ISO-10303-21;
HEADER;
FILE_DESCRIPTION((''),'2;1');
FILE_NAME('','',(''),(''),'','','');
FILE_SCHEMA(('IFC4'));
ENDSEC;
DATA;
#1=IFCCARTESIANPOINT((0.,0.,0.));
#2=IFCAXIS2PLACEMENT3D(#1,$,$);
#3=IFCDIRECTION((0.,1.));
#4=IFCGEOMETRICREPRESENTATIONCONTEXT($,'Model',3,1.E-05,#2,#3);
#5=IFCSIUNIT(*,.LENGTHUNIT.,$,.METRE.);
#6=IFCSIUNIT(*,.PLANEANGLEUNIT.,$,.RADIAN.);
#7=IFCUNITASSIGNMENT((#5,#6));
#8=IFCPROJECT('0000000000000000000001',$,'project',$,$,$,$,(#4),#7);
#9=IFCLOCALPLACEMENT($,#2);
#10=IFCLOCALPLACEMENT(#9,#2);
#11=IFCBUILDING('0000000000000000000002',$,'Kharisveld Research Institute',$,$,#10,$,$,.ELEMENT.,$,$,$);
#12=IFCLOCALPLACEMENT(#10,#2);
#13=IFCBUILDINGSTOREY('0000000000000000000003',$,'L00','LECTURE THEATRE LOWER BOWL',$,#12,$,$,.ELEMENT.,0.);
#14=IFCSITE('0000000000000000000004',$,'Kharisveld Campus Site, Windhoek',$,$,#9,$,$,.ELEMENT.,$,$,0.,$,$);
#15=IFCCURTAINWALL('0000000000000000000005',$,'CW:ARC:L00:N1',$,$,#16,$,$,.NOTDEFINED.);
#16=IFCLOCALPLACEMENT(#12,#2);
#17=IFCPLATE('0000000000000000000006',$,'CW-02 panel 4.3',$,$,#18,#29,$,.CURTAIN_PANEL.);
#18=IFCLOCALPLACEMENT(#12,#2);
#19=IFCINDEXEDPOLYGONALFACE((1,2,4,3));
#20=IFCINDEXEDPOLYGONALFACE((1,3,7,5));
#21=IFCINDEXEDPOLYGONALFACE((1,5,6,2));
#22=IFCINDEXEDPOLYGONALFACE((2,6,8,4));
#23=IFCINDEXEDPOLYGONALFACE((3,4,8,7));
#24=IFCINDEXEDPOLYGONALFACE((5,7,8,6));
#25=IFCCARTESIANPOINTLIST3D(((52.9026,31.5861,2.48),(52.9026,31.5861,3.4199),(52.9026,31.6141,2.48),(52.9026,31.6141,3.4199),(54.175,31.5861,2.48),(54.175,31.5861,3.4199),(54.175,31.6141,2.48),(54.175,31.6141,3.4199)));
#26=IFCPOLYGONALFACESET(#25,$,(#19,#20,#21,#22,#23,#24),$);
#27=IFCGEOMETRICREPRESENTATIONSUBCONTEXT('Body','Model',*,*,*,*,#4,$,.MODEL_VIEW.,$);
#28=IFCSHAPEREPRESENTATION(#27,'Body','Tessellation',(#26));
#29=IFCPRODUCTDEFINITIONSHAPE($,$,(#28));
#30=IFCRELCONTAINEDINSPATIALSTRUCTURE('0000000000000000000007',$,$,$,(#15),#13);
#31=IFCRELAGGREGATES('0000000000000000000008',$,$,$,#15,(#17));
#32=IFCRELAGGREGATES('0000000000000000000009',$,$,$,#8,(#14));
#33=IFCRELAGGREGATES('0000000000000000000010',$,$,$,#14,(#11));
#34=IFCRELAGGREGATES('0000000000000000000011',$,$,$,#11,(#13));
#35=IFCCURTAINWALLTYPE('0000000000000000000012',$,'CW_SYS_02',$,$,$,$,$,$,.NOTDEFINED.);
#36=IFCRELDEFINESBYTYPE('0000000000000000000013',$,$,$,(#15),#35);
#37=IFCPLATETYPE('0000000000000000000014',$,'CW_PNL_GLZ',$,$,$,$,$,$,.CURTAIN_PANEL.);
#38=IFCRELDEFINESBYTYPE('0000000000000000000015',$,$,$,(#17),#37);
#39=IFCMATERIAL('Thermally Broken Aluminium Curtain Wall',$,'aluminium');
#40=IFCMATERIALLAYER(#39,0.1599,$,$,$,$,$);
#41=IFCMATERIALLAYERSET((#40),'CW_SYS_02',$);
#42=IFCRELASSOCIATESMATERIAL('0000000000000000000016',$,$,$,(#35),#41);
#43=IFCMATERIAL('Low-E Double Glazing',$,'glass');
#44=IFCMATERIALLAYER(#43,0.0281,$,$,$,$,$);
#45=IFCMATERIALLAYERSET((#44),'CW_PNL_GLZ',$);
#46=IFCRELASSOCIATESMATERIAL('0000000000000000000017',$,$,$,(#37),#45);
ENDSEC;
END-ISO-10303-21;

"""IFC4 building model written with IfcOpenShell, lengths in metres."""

from ifc_helpers import new_model, si_unit, direction, frame, origin, origin_2d, place, context, subcontext, project, spatial, rectangle, extrude, material, layer, layer_set, type_object, element, aggregate, save


model = new_model("IFC4")

# Units and contexts
model_context = context("Model", 3, precision=1e-05, world=origin(), true_north=direction((0.0, 1.0)))
body_context = subcontext(model_context, "Body", "Model", "MODEL_VIEW")
ifc_project = project(units=[si_unit("LENGTHUNIT", "METRE"), si_unit("PLANEANGLEUNIT", "RADIAN")], contexts=[model_context])

# Site, building, storey
site_placement = place(None, origin())
site = spatial("IfcSite", under=ifc_project, at=site_placement, Name="Kharisveld Campus Site, Windhoek", CompositionType="ELEMENT", RefElevation=0.0)
building_placement = place(site_placement, origin())
building = spatial("IfcBuilding", under=site, at=building_placement, Name="Kharisveld Research Institute", CompositionType="ELEMENT")
storey_placement = place(building_placement, origin())
storey = spatial("IfcBuildingStorey", under=building, at=storey_placement, Name="L00", Description="LECTURE THEATRE LOWER BOWL", CompositionType="ELEMENT", Elevation=0.0)

# Curtain wall
ifc_material_1 = material(Name="Thermally Broken Aluminium Curtain Wall", Category="aluminium")
ifc_layer_1 = layer(ifc_material_1, 0.1599)
ifc_layer_set_1 = layer_set([ifc_layer_1], Name="CW_SYS_02")
curtain_wall_type = type_object("IfcCurtainWallType", Name="CW_SYS_02", PredefinedType="NOTDEFINED", material=ifc_layer_set_1)
curtain_wall_1_placement = place(storey_placement, origin())
curtain_wall_1 = element("IfcCurtainWall", 1, at=curtain_wall_1_placement, inside=storey, type_object=curtain_wall_type, Name="CW:ARC:L00:N1", PredefinedType="NOTDEFINED")

# Plate
ifc_material_2 = material(Name="Low-E Double Glazing", Category="glass")
ifc_layer_2 = layer(ifc_material_2, 0.0281)
ifc_layer_set_2 = layer_set([ifc_layer_2], Name="CW_PNL_GLZ")
plate_type = type_object("IfcPlateType", Name="CW_PNL_GLZ", PredefinedType="CURTAIN_PANEL", material=ifc_layer_set_2)
plate_1_placement = place(storey_placement, frame((53.5388, 31.6001, 2.48), z_axis=(0.0, 0.0, 1.0), x_axis=(1.0, 0.0, 0.0)))
plate_1 = element("IfcPlate", 2, at=plate_1_placement, type_object=plate_type, Name="CW-02 panel 4.3", PredefinedType="CURTAIN_PANEL", context=body_context, shape_type="SweptSolid", body=[
    extrude(rectangle(XDim=1.2725, YDim=0.0281, at=origin_2d()), origin(), (0.0, 0.0, 1.0), 0.9399),
])
aggregate(curtain_wall_1, [plate_1])

save(model, "model.ifc")
